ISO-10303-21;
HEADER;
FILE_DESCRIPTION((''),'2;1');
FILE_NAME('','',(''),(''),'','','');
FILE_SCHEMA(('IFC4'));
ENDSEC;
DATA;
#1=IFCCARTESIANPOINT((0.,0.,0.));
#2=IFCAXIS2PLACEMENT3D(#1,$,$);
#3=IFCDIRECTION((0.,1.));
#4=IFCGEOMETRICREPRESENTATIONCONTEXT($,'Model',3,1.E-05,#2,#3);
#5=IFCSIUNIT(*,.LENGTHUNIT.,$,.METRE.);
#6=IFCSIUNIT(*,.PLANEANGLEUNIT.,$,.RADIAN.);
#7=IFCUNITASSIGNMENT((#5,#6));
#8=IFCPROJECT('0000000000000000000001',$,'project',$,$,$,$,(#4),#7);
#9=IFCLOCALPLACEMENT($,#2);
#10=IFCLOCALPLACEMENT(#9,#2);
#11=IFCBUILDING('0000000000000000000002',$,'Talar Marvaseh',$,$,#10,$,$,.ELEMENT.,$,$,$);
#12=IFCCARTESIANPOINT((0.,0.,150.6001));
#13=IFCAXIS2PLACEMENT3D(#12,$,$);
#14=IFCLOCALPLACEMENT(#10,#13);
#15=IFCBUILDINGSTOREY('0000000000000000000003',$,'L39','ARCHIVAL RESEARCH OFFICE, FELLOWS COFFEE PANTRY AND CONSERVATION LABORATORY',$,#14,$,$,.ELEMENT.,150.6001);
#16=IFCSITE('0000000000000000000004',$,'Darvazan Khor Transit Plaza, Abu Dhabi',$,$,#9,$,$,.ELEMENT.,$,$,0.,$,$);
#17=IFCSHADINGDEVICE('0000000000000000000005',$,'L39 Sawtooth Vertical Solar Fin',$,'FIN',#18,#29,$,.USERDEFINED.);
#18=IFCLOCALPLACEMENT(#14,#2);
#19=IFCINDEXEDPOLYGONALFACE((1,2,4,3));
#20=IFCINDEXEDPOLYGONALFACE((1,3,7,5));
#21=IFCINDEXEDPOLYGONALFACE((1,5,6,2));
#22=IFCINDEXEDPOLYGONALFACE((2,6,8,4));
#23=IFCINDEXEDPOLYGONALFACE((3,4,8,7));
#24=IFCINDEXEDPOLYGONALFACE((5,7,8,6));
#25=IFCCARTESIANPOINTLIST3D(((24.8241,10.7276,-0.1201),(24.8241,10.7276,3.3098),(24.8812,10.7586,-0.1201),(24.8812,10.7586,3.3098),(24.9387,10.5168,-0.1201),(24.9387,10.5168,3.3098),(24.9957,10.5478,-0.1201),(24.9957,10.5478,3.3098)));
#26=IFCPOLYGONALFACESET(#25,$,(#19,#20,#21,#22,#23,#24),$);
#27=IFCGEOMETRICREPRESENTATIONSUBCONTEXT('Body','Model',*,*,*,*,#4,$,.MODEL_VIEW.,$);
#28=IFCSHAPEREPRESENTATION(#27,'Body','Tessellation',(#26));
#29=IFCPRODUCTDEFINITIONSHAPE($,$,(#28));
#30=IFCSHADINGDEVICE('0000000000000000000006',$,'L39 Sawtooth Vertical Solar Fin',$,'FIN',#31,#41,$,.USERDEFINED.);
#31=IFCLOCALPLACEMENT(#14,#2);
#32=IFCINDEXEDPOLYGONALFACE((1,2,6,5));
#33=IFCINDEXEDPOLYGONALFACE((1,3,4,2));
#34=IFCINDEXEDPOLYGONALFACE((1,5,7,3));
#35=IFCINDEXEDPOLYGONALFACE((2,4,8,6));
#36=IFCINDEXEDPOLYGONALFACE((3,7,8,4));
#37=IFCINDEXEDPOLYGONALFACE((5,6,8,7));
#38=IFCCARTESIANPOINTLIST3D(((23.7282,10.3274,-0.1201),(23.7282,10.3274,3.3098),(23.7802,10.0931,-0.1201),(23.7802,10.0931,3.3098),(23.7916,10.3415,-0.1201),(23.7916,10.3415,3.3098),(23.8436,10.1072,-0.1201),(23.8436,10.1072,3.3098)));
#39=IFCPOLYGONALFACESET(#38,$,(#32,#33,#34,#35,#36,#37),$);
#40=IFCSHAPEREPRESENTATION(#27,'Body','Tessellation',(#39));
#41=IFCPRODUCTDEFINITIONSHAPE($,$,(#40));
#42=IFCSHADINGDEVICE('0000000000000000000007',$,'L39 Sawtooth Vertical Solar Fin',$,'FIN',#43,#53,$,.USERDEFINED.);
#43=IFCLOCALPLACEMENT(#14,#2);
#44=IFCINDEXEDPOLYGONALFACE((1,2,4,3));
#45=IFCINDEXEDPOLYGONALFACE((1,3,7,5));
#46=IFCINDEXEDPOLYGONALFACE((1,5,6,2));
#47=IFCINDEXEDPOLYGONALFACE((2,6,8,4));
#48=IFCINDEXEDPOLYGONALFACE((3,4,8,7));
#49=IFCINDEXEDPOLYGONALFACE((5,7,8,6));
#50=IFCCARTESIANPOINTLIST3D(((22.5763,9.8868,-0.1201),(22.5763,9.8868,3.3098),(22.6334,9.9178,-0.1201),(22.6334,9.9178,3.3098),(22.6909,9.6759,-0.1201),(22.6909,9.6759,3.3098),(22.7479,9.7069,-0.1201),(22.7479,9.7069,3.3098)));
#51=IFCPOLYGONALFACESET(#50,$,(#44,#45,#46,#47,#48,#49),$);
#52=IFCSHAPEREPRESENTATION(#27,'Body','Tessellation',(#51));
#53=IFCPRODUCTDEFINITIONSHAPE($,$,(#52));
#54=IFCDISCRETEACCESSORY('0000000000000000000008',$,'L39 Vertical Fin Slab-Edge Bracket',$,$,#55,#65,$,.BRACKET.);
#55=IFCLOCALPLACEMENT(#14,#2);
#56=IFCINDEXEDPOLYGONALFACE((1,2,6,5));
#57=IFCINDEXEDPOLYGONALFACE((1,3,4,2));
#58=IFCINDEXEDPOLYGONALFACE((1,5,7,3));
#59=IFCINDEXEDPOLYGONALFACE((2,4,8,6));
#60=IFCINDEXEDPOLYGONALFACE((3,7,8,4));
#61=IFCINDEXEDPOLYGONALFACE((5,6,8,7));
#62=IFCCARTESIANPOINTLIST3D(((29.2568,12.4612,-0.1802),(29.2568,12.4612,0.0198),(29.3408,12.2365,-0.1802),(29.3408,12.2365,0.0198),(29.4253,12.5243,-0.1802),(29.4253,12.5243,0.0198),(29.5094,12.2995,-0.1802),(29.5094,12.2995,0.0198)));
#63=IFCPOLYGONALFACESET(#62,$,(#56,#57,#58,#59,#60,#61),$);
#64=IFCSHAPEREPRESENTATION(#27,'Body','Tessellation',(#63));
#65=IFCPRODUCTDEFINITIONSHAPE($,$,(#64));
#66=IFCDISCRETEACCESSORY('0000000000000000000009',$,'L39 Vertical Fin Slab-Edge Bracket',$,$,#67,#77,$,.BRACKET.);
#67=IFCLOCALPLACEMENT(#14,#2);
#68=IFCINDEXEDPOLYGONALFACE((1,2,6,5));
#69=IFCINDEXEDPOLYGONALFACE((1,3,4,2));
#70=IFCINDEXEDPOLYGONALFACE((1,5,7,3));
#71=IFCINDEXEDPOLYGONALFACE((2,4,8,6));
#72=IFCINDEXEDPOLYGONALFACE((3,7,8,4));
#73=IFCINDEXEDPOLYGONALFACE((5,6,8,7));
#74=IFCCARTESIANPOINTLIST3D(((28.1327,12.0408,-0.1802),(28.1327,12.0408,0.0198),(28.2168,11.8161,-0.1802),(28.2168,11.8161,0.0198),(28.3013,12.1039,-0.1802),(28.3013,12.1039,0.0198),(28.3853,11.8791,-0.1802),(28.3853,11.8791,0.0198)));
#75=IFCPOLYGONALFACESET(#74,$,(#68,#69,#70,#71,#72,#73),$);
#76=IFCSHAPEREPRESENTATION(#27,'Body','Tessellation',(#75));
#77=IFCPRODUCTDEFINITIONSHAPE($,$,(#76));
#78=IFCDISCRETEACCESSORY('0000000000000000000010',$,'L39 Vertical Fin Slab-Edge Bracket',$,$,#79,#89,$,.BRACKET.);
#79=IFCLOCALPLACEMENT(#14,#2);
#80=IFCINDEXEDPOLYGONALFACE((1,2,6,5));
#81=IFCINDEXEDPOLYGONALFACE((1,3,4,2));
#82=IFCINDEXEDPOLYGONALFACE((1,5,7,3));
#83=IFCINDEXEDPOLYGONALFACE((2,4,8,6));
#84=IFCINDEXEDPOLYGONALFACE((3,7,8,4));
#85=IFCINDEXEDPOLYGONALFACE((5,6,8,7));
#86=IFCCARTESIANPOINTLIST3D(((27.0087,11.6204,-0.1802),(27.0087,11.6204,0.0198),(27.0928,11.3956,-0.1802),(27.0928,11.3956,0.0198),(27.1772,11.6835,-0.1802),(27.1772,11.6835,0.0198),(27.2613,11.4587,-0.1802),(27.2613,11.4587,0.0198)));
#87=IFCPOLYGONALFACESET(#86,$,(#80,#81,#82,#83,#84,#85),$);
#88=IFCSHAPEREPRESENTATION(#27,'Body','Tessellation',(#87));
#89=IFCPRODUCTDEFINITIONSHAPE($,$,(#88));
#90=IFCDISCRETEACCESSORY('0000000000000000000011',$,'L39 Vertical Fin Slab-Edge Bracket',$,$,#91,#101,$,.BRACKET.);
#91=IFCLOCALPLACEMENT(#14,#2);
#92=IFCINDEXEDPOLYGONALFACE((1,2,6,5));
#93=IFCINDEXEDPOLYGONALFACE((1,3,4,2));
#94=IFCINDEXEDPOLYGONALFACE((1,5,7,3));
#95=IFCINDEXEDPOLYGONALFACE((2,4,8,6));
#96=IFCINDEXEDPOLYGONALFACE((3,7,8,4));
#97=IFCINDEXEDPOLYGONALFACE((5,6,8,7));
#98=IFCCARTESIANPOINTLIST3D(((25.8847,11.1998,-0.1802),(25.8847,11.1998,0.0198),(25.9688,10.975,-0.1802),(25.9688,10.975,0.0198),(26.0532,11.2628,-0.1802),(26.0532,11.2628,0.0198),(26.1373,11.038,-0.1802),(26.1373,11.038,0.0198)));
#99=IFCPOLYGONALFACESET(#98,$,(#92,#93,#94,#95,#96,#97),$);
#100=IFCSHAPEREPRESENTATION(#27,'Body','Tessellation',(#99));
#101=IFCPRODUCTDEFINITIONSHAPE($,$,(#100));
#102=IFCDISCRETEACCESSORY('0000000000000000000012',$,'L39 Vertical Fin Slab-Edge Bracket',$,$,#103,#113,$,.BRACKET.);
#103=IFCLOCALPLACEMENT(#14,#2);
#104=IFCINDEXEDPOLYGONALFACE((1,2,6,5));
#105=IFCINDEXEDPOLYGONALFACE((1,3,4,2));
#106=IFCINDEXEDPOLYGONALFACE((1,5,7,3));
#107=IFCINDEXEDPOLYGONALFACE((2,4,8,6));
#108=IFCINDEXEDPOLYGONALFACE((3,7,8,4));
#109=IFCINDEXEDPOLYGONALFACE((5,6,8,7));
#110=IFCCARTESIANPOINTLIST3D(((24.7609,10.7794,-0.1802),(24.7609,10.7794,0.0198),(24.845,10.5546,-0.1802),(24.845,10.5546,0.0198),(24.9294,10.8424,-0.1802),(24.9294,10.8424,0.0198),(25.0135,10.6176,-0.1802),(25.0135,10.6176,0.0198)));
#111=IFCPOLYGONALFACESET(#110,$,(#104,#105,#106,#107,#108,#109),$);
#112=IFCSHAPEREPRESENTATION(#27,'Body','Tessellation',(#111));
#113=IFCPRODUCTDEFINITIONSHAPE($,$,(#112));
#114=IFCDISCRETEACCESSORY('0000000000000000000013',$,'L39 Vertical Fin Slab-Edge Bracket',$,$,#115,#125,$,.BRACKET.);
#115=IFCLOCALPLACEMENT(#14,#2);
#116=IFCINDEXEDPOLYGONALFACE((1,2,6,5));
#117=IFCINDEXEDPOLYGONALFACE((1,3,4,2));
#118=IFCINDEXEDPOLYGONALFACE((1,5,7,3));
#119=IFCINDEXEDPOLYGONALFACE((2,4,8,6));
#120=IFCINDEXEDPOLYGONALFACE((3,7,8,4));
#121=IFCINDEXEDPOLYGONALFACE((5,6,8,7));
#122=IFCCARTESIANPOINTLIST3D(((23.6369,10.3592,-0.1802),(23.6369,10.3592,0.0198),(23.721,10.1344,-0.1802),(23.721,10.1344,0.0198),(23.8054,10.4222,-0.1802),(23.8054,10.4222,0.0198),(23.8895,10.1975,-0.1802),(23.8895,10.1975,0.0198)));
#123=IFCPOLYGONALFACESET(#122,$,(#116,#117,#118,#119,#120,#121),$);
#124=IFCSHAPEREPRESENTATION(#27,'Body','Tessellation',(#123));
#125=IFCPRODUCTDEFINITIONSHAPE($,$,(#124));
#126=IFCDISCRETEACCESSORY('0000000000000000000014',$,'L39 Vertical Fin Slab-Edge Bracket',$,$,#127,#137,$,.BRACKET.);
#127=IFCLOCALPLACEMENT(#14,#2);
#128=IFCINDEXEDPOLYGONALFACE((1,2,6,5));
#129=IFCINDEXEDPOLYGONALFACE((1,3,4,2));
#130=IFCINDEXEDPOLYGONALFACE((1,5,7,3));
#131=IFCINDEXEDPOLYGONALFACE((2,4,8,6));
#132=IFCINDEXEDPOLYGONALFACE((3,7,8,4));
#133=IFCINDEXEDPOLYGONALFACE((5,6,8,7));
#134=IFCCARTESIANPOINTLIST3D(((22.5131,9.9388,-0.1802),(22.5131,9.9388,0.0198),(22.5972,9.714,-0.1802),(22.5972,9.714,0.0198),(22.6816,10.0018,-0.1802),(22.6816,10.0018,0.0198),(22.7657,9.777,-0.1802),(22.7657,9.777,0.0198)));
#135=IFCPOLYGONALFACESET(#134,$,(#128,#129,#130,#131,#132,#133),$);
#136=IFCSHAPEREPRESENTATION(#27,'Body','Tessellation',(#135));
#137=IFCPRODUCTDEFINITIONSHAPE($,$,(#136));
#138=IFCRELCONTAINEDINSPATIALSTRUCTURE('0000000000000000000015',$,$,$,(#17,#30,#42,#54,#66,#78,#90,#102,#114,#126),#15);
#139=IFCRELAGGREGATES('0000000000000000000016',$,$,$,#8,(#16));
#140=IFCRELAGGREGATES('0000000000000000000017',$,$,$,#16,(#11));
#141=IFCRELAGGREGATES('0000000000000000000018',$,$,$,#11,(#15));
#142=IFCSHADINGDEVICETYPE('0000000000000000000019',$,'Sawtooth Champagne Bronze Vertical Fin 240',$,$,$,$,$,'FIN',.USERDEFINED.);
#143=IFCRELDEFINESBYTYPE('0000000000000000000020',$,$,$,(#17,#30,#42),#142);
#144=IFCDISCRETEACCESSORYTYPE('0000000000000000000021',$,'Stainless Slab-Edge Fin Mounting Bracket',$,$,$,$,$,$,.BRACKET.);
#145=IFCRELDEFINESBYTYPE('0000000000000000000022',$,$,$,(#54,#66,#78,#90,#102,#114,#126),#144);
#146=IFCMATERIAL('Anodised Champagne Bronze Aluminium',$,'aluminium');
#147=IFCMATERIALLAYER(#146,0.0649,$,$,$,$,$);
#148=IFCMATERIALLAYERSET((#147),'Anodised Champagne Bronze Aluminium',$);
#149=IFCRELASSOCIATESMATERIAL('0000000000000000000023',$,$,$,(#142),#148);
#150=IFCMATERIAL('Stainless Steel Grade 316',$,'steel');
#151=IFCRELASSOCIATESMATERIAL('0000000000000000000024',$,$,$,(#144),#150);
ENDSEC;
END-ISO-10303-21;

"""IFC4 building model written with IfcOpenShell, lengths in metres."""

from ifc_helpers import new_model, si_unit, direction, frame, origin, origin_2d, place, context, subcontext, project, spatial, rectangle, extrude, source, transform, mapped, material, layer, layer_set, type_object, type_shapes, element, save


model = new_model("IFC4")

# Units and contexts
model_context = context("Model", 3, precision=1e-05, world=origin(), true_north=direction((0.0, 1.0)))
body_context = subcontext(model_context, "Body", "Model", "MODEL_VIEW")
ifc_project = project(units=[si_unit("LENGTHUNIT", "METRE"), si_unit("PLANEANGLEUNIT", "RADIAN")], contexts=[model_context])

# Site, building, storey
site_placement = place(None, origin())
site = spatial("IfcSite", under=ifc_project, at=site_placement, Name="Darvazan Khor Transit Plaza, Abu Dhabi", CompositionType="ELEMENT", RefElevation=0.0)
building_placement = place(site_placement, origin())
building = spatial("IfcBuilding", under=site, at=building_placement, Name="Talar Marvaseh", CompositionType="ELEMENT")
storey_placement = place(building_placement, frame((0.0, 0.0, 150.6001)))
storey = spatial("IfcBuildingStorey", under=building, at=storey_placement, Name="L39", Description="ARCHIVAL RESEARCH OFFICE, FELLOWS COFFEE PANTRY AND CONSERVATION LABORATORY", CompositionType="ELEMENT", Elevation=150.6001)

# Shading devices
ifc_material_1 = material(Name="Anodised Champagne Bronze Aluminium", Category="aluminium")
ifc_layer_1 = layer(ifc_material_1, 0.0649)
ifc_layer_set_1 = layer_set([ifc_layer_1], Name="Anodised Champagne Bronze Aluminium")
shading_device_type = type_object("IfcShadingDeviceType", Name="Sawtooth Champagne Bronze Vertical Fin 240", ElementType="FIN", PredefinedType="USERDEFINED", material=ifc_layer_set_1)
shared_shape_1 = source(origin(), body_context, "Body", "SweptSolid", [
    extrude(rectangle(XDim=0.24, YDim=0.0649, at=origin_2d()), origin(), (0.0, 0.0, 1.0), 3.4299),
])
type_shapes(shading_device_type, [shared_shape_1])
for number, where, z_axis, x_axis, name in (
    (1, (24.9099, 10.6377, -0.1201), (0.0, 0.0, 1.0), (0.477312, -0.878734, 0.0), "L39 Sawtooth Vertical Solar Fin"),
    (2, (23.7859, 10.2173, -0.1201), (0.0, 0.0, 1.0), (0.21661, -0.976258, 0.0), "L39 Sawtooth Vertical Solar Fin"),
    (3, (22.6621, 9.7969, -0.1201), (0.0, 0.0, 1.0), (0.477312, -0.878734, 0.0), "L39 Sawtooth Vertical Solar Fin"),
):
    element("IfcShadingDevice", number, at=place(storey_placement, frame(where, z_axis=z_axis, x_axis=x_axis)), inside=storey, type_object=shading_device_type, Name=name, ObjectType="FIN", PredefinedType="USERDEFINED", context=body_context, shape_type="MappedRepresentation", body=[
        mapped(shared_shape_1, transform((0.0, 0.0, 0.0), x_axis=(1.0, 0.0, 0.0), y_axis=(0.0, 1.0, 0.0), z_axis=(0.0, 0.0, 1.0), scale=1.0)),
    ])

# Discrete accessories
ifc_material_2 = material(Name="Stainless Steel Grade 316", Category="steel")
discrete_accessory_type = type_object("IfcDiscreteAccessoryType", Name="Stainless Slab-Edge Fin Mounting Bracket", PredefinedType="BRACKET", material=ifc_material_2)
shared_shape_2 = source(origin(), body_context, "Body", "SweptSolid", [
    extrude(rectangle(XDim=0.24, YDim=0.1799, at=origin_2d()), origin(), (0.0, 0.0, 1.0), 0.2),
])
type_shapes(discrete_accessory_type, [shared_shape_2])
for number, where, z_axis, x_axis, name in (
    (4, (29.3831, 12.3804, -0.1802), (0.0, 0.0, 1.0), (0.350371, -0.936611, 0.0), "L39 Vertical Fin Slab-Edge Bracket"),
    (5, (28.259, 11.96, -0.1802), (0.0, 0.0, 1.0), (0.350371, -0.936611, 0.0), "L39 Vertical Fin Slab-Edge Bracket"),
    (6, (27.135, 11.5396, -0.1802), (0.0, 0.0, 1.0), (0.350371, -0.936611, 0.0), "L39 Vertical Fin Slab-Edge Bracket"),
    (7, (26.011, 11.1189, -0.1802), (0.0, 0.0, 1.0), (0.350371, -0.936611, 0.0), "L39 Vertical Fin Slab-Edge Bracket"),
    (8, (24.8872, 10.6985, -0.1802), (0.0, 0.0, 1.0), (0.350371, -0.936611, 0.0), "L39 Vertical Fin Slab-Edge Bracket"),
    (9, (23.7632, 10.2783, -0.1802), (0.0, 0.0, 1.0), (0.350371, -0.936611, 0.0), "L39 Vertical Fin Slab-Edge Bracket"),
    (10, (22.6394, 9.8579, -0.1802), (0.0, 0.0, 1.0), (0.350371, -0.936611, 0.0), "L39 Vertical Fin Slab-Edge Bracket"),
):
    element("IfcDiscreteAccessory", number, at=place(storey_placement, frame(where, z_axis=z_axis, x_axis=x_axis)), inside=storey, type_object=discrete_accessory_type, Name=name, PredefinedType="BRACKET", context=body_context, shape_type="MappedRepresentation", body=[
        mapped(shared_shape_2, transform((0.0, 0.0, 0.0), x_axis=(1.0, 0.0, 0.0), y_axis=(0.0, 1.0, 0.0), z_axis=(0.0, 0.0, 1.0), scale=1.0)),
    ])

save(model, "model.ifc")
